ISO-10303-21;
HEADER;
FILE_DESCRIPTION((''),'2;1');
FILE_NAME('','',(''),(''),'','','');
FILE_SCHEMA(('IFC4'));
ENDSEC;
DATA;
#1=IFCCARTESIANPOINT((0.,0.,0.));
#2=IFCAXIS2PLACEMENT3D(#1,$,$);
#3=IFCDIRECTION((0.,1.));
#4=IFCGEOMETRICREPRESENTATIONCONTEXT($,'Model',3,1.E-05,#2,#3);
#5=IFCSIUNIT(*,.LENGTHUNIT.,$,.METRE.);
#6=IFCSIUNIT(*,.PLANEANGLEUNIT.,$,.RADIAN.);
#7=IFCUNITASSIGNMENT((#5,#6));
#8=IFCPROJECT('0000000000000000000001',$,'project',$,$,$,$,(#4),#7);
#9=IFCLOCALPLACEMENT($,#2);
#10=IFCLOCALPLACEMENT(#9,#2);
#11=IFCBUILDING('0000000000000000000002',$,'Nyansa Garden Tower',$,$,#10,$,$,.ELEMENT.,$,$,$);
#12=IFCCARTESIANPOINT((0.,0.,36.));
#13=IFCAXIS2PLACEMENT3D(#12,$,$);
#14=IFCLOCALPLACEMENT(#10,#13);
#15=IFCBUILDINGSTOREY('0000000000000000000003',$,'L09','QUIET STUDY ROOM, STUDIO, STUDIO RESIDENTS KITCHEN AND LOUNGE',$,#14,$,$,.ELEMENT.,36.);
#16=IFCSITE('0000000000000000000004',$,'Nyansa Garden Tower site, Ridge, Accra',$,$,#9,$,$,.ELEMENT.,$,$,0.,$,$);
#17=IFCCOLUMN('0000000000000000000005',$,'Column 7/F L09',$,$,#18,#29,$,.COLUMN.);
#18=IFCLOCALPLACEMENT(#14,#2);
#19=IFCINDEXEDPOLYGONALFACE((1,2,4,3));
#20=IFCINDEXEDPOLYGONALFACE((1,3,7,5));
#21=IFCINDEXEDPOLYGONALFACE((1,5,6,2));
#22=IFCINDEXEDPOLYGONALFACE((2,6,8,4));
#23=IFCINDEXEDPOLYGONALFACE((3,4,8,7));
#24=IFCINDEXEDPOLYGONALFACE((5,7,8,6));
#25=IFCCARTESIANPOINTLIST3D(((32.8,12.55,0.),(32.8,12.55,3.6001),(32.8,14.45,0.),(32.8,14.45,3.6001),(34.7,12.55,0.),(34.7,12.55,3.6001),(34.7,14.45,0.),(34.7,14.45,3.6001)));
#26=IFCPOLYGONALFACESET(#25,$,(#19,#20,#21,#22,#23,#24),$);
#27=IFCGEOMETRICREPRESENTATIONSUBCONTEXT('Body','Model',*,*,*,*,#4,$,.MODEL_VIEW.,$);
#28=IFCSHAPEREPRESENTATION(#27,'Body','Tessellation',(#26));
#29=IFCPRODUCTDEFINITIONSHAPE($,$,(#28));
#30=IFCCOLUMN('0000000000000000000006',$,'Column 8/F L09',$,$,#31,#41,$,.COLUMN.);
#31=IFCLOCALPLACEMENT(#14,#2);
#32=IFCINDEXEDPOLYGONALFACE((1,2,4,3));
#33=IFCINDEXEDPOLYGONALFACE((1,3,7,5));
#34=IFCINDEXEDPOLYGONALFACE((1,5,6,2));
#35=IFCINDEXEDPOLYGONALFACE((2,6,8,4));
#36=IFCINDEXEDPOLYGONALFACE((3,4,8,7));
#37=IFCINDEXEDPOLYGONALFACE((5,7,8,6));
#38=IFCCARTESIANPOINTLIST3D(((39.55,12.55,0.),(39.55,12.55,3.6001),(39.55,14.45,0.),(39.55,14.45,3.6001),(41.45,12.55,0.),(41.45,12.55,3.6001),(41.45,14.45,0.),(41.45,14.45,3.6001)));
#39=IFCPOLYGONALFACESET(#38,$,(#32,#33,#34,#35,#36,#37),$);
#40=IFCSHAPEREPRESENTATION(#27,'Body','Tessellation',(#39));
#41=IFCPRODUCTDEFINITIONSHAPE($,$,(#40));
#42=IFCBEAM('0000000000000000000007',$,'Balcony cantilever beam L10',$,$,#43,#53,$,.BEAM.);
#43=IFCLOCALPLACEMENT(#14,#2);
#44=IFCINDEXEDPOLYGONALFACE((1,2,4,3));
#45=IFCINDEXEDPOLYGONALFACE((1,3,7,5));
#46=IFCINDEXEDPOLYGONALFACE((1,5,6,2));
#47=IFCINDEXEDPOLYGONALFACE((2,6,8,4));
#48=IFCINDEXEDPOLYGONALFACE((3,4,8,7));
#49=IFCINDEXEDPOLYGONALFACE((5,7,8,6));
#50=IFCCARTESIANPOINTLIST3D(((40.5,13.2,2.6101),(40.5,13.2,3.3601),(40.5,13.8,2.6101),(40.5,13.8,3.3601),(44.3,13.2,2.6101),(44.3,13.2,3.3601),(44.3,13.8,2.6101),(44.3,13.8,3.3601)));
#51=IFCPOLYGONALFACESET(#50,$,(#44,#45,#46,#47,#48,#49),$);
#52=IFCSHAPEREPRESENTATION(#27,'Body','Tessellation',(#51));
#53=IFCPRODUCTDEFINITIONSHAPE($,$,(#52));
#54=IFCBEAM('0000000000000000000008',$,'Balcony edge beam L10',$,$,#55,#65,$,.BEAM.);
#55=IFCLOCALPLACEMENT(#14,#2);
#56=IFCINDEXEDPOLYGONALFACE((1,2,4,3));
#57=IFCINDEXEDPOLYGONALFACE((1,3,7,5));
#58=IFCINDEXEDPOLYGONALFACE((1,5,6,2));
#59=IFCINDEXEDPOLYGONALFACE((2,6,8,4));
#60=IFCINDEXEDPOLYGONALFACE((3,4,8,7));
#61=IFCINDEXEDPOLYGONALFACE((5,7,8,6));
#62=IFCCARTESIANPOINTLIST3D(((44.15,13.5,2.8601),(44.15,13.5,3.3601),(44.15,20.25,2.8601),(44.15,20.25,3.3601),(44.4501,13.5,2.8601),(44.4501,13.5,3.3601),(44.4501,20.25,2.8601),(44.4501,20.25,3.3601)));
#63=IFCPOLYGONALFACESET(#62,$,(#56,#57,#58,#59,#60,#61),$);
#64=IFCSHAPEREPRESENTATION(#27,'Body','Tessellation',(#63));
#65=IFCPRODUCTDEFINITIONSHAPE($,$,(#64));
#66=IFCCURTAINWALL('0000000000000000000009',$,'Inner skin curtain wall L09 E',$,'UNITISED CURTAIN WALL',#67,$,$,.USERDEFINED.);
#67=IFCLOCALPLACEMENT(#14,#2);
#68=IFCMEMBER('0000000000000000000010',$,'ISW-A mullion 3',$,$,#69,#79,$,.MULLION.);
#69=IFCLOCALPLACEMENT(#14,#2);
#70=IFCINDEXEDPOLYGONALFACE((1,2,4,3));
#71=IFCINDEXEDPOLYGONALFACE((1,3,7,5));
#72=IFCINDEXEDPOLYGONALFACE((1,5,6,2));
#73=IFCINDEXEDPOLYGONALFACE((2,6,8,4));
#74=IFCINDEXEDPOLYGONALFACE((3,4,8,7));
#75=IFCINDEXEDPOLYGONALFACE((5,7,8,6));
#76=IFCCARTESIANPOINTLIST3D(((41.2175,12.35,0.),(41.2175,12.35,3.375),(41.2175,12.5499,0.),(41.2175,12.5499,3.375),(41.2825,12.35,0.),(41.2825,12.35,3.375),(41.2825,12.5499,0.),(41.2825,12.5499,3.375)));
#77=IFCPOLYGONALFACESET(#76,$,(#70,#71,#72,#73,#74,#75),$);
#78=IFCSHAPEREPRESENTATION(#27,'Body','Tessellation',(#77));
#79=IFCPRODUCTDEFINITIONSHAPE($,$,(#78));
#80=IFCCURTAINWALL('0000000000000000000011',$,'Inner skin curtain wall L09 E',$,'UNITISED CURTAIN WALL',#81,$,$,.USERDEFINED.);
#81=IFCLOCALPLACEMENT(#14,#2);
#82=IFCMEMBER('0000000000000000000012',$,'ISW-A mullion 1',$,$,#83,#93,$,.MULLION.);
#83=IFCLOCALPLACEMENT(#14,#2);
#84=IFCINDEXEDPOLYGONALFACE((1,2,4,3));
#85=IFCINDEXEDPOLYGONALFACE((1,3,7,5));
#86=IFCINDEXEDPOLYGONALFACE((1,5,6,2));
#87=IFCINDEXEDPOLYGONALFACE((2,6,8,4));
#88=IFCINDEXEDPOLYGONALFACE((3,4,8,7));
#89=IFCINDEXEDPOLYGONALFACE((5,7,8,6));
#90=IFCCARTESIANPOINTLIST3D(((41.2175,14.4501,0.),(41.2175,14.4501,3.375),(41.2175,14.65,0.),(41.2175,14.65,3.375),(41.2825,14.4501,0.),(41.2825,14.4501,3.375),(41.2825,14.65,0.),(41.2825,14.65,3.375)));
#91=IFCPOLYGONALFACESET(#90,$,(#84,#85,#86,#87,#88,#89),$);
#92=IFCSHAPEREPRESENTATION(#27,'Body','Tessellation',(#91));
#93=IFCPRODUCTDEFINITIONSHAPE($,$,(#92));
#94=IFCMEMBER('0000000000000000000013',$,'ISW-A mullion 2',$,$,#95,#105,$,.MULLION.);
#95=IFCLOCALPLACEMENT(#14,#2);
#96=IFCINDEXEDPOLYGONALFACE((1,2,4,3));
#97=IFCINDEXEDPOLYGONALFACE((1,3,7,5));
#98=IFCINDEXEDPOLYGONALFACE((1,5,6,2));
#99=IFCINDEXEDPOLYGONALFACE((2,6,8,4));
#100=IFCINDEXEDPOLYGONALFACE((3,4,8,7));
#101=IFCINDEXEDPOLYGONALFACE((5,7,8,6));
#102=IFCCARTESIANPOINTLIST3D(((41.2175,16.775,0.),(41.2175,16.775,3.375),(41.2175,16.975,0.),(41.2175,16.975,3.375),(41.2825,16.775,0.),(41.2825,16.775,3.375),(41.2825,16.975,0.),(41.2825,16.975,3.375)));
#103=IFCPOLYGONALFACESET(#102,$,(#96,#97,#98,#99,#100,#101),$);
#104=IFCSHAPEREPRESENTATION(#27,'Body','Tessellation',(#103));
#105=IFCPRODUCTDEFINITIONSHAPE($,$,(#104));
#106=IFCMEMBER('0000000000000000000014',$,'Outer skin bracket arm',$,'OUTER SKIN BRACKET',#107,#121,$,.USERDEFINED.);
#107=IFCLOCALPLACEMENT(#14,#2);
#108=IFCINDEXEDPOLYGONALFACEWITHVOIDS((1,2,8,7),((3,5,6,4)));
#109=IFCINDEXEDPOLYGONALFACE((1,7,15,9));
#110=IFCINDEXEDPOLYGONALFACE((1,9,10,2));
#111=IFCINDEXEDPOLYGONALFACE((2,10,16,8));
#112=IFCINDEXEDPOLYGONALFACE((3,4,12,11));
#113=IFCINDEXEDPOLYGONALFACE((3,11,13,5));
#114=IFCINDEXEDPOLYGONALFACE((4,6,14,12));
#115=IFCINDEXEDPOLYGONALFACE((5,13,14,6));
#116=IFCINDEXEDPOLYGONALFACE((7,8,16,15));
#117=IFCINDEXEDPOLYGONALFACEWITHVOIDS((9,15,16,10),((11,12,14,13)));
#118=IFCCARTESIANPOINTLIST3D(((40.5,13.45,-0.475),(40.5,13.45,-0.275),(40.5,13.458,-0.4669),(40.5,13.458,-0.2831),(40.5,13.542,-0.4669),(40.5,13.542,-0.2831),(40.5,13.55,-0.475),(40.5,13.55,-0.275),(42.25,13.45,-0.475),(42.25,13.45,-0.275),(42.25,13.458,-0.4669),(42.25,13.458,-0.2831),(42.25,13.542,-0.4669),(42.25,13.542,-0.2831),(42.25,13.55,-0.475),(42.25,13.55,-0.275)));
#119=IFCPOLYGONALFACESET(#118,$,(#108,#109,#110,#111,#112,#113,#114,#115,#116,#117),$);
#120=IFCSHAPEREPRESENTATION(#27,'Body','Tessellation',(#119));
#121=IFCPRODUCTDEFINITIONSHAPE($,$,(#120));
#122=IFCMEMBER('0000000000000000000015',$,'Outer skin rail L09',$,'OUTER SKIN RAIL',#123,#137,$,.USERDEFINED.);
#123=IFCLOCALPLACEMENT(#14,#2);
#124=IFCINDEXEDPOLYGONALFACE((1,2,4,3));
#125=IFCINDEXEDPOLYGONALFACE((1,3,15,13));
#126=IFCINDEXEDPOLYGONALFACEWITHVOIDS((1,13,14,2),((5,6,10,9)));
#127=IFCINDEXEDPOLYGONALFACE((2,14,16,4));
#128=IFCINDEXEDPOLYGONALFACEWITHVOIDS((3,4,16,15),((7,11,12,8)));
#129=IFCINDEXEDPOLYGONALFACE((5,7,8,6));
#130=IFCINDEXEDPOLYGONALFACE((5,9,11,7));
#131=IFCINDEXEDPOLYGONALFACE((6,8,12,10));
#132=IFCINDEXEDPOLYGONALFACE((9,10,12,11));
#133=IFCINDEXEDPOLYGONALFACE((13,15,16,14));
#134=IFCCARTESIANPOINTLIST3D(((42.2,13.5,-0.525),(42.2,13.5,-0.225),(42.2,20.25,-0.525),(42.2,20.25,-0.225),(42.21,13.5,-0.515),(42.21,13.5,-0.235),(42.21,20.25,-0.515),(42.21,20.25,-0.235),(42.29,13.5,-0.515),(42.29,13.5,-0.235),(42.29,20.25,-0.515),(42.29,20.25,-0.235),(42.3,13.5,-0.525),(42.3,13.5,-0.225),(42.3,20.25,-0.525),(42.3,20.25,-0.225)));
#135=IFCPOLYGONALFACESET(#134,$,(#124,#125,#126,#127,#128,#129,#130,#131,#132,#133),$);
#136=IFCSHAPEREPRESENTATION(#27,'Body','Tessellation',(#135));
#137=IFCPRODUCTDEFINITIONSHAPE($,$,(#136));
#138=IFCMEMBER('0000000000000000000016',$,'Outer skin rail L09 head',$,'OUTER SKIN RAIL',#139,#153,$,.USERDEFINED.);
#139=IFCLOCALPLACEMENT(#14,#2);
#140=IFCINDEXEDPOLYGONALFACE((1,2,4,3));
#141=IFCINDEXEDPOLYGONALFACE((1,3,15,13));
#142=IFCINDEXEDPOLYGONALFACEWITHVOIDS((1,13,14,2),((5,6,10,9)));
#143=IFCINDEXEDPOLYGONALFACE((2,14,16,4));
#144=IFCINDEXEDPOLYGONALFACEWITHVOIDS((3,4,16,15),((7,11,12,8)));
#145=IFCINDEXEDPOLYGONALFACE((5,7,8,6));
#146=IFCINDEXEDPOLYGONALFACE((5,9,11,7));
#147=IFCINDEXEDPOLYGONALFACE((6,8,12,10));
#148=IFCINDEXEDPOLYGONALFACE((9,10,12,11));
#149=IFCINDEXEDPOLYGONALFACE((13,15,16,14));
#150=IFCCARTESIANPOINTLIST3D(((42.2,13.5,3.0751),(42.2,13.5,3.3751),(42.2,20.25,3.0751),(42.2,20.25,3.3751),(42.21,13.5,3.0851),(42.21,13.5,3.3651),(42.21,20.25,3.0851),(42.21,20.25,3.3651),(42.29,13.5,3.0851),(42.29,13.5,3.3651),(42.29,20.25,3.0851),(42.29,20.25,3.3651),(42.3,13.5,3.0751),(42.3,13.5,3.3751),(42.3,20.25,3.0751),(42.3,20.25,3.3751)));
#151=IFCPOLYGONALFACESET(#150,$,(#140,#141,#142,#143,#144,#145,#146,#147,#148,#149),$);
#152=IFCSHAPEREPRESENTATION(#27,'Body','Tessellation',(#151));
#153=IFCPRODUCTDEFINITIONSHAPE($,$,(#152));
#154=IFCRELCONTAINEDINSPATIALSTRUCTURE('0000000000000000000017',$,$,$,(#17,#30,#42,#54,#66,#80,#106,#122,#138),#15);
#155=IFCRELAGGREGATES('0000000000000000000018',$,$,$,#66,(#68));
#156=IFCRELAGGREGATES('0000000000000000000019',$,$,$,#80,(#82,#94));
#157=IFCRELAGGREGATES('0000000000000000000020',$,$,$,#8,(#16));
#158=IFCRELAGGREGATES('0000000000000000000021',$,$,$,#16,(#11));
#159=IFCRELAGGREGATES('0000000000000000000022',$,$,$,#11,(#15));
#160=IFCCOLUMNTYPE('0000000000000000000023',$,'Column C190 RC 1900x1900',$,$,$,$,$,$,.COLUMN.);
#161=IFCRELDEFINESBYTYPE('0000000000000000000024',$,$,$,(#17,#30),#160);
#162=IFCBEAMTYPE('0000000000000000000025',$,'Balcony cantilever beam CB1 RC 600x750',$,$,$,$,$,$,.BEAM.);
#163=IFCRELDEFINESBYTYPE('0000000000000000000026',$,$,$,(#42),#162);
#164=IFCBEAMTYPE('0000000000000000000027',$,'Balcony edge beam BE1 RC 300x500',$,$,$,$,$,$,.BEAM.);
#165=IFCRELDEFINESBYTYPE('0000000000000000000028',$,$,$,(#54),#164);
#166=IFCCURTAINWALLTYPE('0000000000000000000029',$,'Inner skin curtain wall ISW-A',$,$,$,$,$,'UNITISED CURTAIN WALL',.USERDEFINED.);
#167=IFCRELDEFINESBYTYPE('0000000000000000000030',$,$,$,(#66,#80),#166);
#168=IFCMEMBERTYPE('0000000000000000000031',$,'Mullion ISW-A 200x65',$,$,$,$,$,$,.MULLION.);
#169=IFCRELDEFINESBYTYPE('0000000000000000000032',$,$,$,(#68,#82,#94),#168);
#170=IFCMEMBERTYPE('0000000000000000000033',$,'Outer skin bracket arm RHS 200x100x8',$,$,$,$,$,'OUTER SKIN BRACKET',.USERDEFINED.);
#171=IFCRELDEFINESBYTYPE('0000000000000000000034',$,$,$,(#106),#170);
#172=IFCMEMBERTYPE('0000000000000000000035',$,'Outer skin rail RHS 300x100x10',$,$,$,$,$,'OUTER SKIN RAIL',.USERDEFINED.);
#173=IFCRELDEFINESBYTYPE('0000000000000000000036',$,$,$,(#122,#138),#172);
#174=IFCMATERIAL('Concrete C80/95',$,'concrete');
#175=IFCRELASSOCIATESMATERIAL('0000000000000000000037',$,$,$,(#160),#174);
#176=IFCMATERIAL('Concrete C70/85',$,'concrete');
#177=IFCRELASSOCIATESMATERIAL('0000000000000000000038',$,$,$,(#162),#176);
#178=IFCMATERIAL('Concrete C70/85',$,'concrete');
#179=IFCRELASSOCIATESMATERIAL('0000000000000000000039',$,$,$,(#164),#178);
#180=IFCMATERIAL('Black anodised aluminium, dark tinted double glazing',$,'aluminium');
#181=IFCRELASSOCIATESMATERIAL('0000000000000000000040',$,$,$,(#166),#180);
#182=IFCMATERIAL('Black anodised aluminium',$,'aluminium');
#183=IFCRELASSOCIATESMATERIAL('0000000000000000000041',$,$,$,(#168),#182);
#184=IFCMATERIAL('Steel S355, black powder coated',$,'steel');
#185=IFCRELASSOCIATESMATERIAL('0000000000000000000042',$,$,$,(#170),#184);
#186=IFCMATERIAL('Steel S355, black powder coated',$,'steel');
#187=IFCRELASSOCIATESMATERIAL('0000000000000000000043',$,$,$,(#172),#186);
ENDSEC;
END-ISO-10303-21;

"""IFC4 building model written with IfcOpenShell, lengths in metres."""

from ifc_helpers import new_model, si_unit, direction, frame, origin, origin_2d, place, context, subcontext, project, spatial, rectangle, hollow_rectangle, extrude, material, material_profile, profile_set, type_object, element, aggregate, save


model = new_model("IFC4")

# Units and contexts
model_context = context("Model", 3, precision=1e-05, world=origin(), true_north=direction((0.0, 1.0)))
body_context = subcontext(model_context, "Body", "Model", "MODEL_VIEW")
ifc_project = project(units=[si_unit("LENGTHUNIT", "METRE"), si_unit("PLANEANGLEUNIT", "RADIAN")], contexts=[model_context])

# Site, building, storey
site_placement = place(None, origin())
site = spatial("IfcSite", under=ifc_project, at=site_placement, Name="Nyansa Garden Tower site, Ridge, Accra", CompositionType="ELEMENT", RefElevation=0.0)
building_placement = place(site_placement, origin())
building = spatial("IfcBuilding", under=site, at=building_placement, Name="Nyansa Garden Tower", CompositionType="ELEMENT")
storey_placement = place(building_placement, frame((0.0, 0.0, 36.0)))
storey = spatial("IfcBuildingStorey", under=building, at=storey_placement, Name="L09", Description="QUIET STUDY ROOM, STUDIO, STUDIO RESIDENTS KITCHEN AND LOUNGE", CompositionType="ELEMENT", Elevation=36.0)

# Columns
ifc_material_1 = material(Name="Concrete C80/95", Category="concrete")
ifc_material_profile_1 = material_profile(ifc_material_1, rectangle(XDim=1.8999, YDim=1.8999, at=origin_2d()), Name="RC 1900x1900")
ifc_profile_set_1 = profile_set([ifc_material_profile_1], Name="Concrete C80/95")
column_type = type_object("IfcColumnType", Name="Column C190 RC 1900x1900", PredefinedType="COLUMN", material=ifc_profile_set_1)
for number, where, z_axis, x_axis, name in (
    (1, (33.75, 13.5, 0.0), (0.0, 0.0, 1.0), (1.0, 0.0, 0.0), "Column 7/F L09"),
    (2, (40.5, 13.5, 0.0), (0.0, 0.0, 1.0), (1.0, 0.0, 0.0), "Column 8/F L09"),
):
    element("IfcColumn", number, at=place(storey_placement, frame(where, z_axis=z_axis, x_axis=x_axis)), inside=storey, type_object=column_type, Name=name, PredefinedType="COLUMN", context=body_context, shape_type="SweptSolid", body=[
        extrude(rectangle(XDim=1.8999, YDim=1.8999, at=origin_2d()), origin(), (0.0, 0.0, 1.0), 3.6001),
    ])

# Beams
ifc_material_2 = material(Name="Concrete C70/85", Category="concrete")
ifc_material_profile_2 = material_profile(ifc_material_2, rectangle(XDim=0.6001, YDim=0.75, at=origin_2d()), Name="RC 600x750")
ifc_profile_set_2 = profile_set([ifc_material_profile_2], Name="Concrete C70/85")
beam_type_1 = type_object("IfcBeamType", Name="Balcony cantilever beam CB1 RC 600x750", PredefinedType="BEAM", material=ifc_profile_set_2)
beam_1_placement = place(storey_placement, frame((40.5, 13.5, 2.9851), z_axis=(1.0, 0.0, 0.0), x_axis=(0.0, 1.0, 0.0)))
element("IfcBeam", 3, at=beam_1_placement, inside=storey, type_object=beam_type_1, Name="Balcony cantilever beam L10", PredefinedType="BEAM", context=body_context, shape_type="SweptSolid", body=[
    extrude(rectangle(XDim=0.6001, YDim=0.75, at=origin_2d()), origin(), (0.0, 0.0, 1.0), 3.8),
])
ifc_material_3 = material(Name="Concrete C70/85", Category="concrete")
ifc_material_profile_3 = material_profile(ifc_material_3, rectangle(XDim=0.3, YDim=0.5, at=origin_2d()), Name="RC 300x500")
ifc_profile_set_3 = profile_set([ifc_material_profile_3], Name="Concrete C70/85")
beam_type_2 = type_object("IfcBeamType", Name="Balcony edge beam BE1 RC 300x500", PredefinedType="BEAM", material=ifc_profile_set_3)
beam_2_placement = place(storey_placement, frame((44.3, 13.5, 3.1101), z_axis=(0.0, 1.0, 0.0), x_axis=(-1.0, 0.0, 0.0)))
element("IfcBeam", 4, at=beam_2_placement, inside=storey, type_object=beam_type_2, Name="Balcony edge beam L10", PredefinedType="BEAM", context=body_context, shape_type="SweptSolid", body=[
    extrude(rectangle(XDim=0.3, YDim=0.5, at=origin_2d()), origin(), (0.0, 0.0, 1.0), 6.75),
])

# Curtain wall, member
ifc_material_4 = material(Name="Black anodised aluminium, dark tinted double glazing", Category="aluminium")
curtain_wall_type = type_object("IfcCurtainWallType", Name="Inner skin curtain wall ISW-A", ElementType="UNITISED CURTAIN WALL", PredefinedType="USERDEFINED", material=ifc_material_4)
curtain_wall_1_placement = place(storey_placement, origin())
curtain_wall_1 = element("IfcCurtainWall", 5, at=curtain_wall_1_placement, inside=storey, type_object=curtain_wall_type, Name="Inner skin curtain wall L09 E", ObjectType="UNITISED CURTAIN WALL", PredefinedType="USERDEFINED")
ifc_material_5 = material(Name="Black anodised aluminium", Category="aluminium")
ifc_material_profile_4 = material_profile(ifc_material_5, rectangle(XDim=0.0649, YDim=0.2, at=origin_2d()), Name="Mullion 200x65")
ifc_profile_set_4 = profile_set([ifc_material_profile_4], Name="Black anodised aluminium")
member_type_1 = type_object("IfcMemberType", Name="Mullion ISW-A 200x65", PredefinedType="MULLION", material=ifc_profile_set_4)
member_1_placement = place(storey_placement, frame((41.25, 12.45, 0.0), z_axis=(0.0, 0.0, 1.0), x_axis=(-1.0, 0.0, 0.0)))
member_1 = element("IfcMember", 6, at=member_1_placement, type_object=member_type_1, Name="ISW-A mullion 3", PredefinedType="MULLION", context=body_context, shape_type="SweptSolid", body=[
    extrude(rectangle(XDim=0.0649, YDim=0.2, at=origin_2d()), origin(), (0.0, 0.0, 1.0), 3.375),
])
aggregate(curtain_wall_1, [member_1])

# Curtain wall, members
curtain_wall_2_placement = place(storey_placement, origin())
curtain_wall_2 = element("IfcCurtainWall", 7, at=curtain_wall_2_placement, inside=storey, type_object=curtain_wall_type, Name="Inner skin curtain wall L09 E", ObjectType="UNITISED CURTAIN WALL", PredefinedType="USERDEFINED")
member_2_placement = place(storey_placement, frame((41.25, 14.55, 0.0), z_axis=(0.0, 0.0, 1.0), x_axis=(-1.0, 0.0, 0.0)))
member_2 = element("IfcMember", 8, at=member_2_placement, type_object=member_type_1, Name="ISW-A mullion 1", PredefinedType="MULLION", context=body_context, shape_type="SweptSolid", body=[
    extrude(rectangle(XDim=0.0649, YDim=0.2, at=origin_2d()), origin(), (0.0, 0.0, 1.0), 3.375),
])
member_3_placement = place(storey_placement, frame((41.25, 16.875, 0.0), z_axis=(0.0, 0.0, 1.0), x_axis=(-1.0, 0.0, 0.0)))
member_3 = element("IfcMember", 9, at=member_3_placement, type_object=member_type_1, Name="ISW-A mullion 2", PredefinedType="MULLION", context=body_context, shape_type="SweptSolid", body=[
    extrude(rectangle(XDim=0.0649, YDim=0.2, at=origin_2d()), origin(), (0.0, 0.0, 1.0), 3.375),
])

# Members
ifc_material_6 = material(Name="Steel S355, black powder coated", Category="steel")
ifc_material_profile_5 = material_profile(ifc_material_6, hollow_rectangle(XDim=0.1001, YDim=0.2, WallThickness=0.0081, at=origin_2d()), Name="RHS 200x100x8")
ifc_profile_set_5 = profile_set([ifc_material_profile_5], Name="Steel S355, black powder coated")
member_type_2 = type_object("IfcMemberType", Name="Outer skin bracket arm RHS 200x100x8", ElementType="OUTER SKIN BRACKET", PredefinedType="USERDEFINED", material=ifc_profile_set_5)
member_4_placement = place(storey_placement, frame((40.5, 13.5, -0.375), z_axis=(1.0, 0.0, 0.0), x_axis=(0.0, 1.0, 0.0)))
element("IfcMember", 10, at=member_4_placement, inside=storey, type_object=member_type_2, Name="Outer skin bracket arm", ObjectType="OUTER SKIN BRACKET", PredefinedType="USERDEFINED", context=body_context, shape_type="SweptSolid", body=[
    extrude(hollow_rectangle(XDim=0.1001, YDim=0.2, WallThickness=0.0081, at=origin_2d()), origin(), (0.0, 0.0, 1.0), 1.75),
])
ifc_material_7 = material(Name="Steel S355, black powder coated", Category="steel")
ifc_material_profile_6 = material_profile(ifc_material_7, hollow_rectangle(XDim=0.1001, YDim=0.3, WallThickness=0.01, at=origin_2d()), Name="RHS 300x100x10")
ifc_profile_set_6 = profile_set([ifc_material_profile_6], Name="Steel S355, black powder coated")
member_type_3 = type_object("IfcMemberType", Name="Outer skin rail RHS 300x100x10", ElementType="OUTER SKIN RAIL", PredefinedType="USERDEFINED", material=ifc_profile_set_6)
for number, where, z_axis, x_axis, name in (
    (11, (42.25, 13.5, -0.375), (0.0, 1.0, 0.0), (-1.0, 0.0, 0.0), "Outer skin rail L09"),
    (12, (42.25, 13.5, 3.2251), (0.0, 1.0, 0.0), (-1.0, 0.0, 0.0), "Outer skin rail L09 head"),
):
    element("IfcMember", number, at=place(storey_placement, frame(where, z_axis=z_axis, x_axis=x_axis)), inside=storey, type_object=member_type_3, Name=name, ObjectType="OUTER SKIN RAIL", PredefinedType="USERDEFINED", context=body_context, shape_type="SweptSolid", body=[
        extrude(hollow_rectangle(XDim=0.1001, YDim=0.3, WallThickness=0.01, at=origin_2d()), origin(), (0.0, 0.0, 1.0), 6.75),
    ])

aggregate(curtain_wall_2, [member_2, member_3])

save(model, "model.ifc")
